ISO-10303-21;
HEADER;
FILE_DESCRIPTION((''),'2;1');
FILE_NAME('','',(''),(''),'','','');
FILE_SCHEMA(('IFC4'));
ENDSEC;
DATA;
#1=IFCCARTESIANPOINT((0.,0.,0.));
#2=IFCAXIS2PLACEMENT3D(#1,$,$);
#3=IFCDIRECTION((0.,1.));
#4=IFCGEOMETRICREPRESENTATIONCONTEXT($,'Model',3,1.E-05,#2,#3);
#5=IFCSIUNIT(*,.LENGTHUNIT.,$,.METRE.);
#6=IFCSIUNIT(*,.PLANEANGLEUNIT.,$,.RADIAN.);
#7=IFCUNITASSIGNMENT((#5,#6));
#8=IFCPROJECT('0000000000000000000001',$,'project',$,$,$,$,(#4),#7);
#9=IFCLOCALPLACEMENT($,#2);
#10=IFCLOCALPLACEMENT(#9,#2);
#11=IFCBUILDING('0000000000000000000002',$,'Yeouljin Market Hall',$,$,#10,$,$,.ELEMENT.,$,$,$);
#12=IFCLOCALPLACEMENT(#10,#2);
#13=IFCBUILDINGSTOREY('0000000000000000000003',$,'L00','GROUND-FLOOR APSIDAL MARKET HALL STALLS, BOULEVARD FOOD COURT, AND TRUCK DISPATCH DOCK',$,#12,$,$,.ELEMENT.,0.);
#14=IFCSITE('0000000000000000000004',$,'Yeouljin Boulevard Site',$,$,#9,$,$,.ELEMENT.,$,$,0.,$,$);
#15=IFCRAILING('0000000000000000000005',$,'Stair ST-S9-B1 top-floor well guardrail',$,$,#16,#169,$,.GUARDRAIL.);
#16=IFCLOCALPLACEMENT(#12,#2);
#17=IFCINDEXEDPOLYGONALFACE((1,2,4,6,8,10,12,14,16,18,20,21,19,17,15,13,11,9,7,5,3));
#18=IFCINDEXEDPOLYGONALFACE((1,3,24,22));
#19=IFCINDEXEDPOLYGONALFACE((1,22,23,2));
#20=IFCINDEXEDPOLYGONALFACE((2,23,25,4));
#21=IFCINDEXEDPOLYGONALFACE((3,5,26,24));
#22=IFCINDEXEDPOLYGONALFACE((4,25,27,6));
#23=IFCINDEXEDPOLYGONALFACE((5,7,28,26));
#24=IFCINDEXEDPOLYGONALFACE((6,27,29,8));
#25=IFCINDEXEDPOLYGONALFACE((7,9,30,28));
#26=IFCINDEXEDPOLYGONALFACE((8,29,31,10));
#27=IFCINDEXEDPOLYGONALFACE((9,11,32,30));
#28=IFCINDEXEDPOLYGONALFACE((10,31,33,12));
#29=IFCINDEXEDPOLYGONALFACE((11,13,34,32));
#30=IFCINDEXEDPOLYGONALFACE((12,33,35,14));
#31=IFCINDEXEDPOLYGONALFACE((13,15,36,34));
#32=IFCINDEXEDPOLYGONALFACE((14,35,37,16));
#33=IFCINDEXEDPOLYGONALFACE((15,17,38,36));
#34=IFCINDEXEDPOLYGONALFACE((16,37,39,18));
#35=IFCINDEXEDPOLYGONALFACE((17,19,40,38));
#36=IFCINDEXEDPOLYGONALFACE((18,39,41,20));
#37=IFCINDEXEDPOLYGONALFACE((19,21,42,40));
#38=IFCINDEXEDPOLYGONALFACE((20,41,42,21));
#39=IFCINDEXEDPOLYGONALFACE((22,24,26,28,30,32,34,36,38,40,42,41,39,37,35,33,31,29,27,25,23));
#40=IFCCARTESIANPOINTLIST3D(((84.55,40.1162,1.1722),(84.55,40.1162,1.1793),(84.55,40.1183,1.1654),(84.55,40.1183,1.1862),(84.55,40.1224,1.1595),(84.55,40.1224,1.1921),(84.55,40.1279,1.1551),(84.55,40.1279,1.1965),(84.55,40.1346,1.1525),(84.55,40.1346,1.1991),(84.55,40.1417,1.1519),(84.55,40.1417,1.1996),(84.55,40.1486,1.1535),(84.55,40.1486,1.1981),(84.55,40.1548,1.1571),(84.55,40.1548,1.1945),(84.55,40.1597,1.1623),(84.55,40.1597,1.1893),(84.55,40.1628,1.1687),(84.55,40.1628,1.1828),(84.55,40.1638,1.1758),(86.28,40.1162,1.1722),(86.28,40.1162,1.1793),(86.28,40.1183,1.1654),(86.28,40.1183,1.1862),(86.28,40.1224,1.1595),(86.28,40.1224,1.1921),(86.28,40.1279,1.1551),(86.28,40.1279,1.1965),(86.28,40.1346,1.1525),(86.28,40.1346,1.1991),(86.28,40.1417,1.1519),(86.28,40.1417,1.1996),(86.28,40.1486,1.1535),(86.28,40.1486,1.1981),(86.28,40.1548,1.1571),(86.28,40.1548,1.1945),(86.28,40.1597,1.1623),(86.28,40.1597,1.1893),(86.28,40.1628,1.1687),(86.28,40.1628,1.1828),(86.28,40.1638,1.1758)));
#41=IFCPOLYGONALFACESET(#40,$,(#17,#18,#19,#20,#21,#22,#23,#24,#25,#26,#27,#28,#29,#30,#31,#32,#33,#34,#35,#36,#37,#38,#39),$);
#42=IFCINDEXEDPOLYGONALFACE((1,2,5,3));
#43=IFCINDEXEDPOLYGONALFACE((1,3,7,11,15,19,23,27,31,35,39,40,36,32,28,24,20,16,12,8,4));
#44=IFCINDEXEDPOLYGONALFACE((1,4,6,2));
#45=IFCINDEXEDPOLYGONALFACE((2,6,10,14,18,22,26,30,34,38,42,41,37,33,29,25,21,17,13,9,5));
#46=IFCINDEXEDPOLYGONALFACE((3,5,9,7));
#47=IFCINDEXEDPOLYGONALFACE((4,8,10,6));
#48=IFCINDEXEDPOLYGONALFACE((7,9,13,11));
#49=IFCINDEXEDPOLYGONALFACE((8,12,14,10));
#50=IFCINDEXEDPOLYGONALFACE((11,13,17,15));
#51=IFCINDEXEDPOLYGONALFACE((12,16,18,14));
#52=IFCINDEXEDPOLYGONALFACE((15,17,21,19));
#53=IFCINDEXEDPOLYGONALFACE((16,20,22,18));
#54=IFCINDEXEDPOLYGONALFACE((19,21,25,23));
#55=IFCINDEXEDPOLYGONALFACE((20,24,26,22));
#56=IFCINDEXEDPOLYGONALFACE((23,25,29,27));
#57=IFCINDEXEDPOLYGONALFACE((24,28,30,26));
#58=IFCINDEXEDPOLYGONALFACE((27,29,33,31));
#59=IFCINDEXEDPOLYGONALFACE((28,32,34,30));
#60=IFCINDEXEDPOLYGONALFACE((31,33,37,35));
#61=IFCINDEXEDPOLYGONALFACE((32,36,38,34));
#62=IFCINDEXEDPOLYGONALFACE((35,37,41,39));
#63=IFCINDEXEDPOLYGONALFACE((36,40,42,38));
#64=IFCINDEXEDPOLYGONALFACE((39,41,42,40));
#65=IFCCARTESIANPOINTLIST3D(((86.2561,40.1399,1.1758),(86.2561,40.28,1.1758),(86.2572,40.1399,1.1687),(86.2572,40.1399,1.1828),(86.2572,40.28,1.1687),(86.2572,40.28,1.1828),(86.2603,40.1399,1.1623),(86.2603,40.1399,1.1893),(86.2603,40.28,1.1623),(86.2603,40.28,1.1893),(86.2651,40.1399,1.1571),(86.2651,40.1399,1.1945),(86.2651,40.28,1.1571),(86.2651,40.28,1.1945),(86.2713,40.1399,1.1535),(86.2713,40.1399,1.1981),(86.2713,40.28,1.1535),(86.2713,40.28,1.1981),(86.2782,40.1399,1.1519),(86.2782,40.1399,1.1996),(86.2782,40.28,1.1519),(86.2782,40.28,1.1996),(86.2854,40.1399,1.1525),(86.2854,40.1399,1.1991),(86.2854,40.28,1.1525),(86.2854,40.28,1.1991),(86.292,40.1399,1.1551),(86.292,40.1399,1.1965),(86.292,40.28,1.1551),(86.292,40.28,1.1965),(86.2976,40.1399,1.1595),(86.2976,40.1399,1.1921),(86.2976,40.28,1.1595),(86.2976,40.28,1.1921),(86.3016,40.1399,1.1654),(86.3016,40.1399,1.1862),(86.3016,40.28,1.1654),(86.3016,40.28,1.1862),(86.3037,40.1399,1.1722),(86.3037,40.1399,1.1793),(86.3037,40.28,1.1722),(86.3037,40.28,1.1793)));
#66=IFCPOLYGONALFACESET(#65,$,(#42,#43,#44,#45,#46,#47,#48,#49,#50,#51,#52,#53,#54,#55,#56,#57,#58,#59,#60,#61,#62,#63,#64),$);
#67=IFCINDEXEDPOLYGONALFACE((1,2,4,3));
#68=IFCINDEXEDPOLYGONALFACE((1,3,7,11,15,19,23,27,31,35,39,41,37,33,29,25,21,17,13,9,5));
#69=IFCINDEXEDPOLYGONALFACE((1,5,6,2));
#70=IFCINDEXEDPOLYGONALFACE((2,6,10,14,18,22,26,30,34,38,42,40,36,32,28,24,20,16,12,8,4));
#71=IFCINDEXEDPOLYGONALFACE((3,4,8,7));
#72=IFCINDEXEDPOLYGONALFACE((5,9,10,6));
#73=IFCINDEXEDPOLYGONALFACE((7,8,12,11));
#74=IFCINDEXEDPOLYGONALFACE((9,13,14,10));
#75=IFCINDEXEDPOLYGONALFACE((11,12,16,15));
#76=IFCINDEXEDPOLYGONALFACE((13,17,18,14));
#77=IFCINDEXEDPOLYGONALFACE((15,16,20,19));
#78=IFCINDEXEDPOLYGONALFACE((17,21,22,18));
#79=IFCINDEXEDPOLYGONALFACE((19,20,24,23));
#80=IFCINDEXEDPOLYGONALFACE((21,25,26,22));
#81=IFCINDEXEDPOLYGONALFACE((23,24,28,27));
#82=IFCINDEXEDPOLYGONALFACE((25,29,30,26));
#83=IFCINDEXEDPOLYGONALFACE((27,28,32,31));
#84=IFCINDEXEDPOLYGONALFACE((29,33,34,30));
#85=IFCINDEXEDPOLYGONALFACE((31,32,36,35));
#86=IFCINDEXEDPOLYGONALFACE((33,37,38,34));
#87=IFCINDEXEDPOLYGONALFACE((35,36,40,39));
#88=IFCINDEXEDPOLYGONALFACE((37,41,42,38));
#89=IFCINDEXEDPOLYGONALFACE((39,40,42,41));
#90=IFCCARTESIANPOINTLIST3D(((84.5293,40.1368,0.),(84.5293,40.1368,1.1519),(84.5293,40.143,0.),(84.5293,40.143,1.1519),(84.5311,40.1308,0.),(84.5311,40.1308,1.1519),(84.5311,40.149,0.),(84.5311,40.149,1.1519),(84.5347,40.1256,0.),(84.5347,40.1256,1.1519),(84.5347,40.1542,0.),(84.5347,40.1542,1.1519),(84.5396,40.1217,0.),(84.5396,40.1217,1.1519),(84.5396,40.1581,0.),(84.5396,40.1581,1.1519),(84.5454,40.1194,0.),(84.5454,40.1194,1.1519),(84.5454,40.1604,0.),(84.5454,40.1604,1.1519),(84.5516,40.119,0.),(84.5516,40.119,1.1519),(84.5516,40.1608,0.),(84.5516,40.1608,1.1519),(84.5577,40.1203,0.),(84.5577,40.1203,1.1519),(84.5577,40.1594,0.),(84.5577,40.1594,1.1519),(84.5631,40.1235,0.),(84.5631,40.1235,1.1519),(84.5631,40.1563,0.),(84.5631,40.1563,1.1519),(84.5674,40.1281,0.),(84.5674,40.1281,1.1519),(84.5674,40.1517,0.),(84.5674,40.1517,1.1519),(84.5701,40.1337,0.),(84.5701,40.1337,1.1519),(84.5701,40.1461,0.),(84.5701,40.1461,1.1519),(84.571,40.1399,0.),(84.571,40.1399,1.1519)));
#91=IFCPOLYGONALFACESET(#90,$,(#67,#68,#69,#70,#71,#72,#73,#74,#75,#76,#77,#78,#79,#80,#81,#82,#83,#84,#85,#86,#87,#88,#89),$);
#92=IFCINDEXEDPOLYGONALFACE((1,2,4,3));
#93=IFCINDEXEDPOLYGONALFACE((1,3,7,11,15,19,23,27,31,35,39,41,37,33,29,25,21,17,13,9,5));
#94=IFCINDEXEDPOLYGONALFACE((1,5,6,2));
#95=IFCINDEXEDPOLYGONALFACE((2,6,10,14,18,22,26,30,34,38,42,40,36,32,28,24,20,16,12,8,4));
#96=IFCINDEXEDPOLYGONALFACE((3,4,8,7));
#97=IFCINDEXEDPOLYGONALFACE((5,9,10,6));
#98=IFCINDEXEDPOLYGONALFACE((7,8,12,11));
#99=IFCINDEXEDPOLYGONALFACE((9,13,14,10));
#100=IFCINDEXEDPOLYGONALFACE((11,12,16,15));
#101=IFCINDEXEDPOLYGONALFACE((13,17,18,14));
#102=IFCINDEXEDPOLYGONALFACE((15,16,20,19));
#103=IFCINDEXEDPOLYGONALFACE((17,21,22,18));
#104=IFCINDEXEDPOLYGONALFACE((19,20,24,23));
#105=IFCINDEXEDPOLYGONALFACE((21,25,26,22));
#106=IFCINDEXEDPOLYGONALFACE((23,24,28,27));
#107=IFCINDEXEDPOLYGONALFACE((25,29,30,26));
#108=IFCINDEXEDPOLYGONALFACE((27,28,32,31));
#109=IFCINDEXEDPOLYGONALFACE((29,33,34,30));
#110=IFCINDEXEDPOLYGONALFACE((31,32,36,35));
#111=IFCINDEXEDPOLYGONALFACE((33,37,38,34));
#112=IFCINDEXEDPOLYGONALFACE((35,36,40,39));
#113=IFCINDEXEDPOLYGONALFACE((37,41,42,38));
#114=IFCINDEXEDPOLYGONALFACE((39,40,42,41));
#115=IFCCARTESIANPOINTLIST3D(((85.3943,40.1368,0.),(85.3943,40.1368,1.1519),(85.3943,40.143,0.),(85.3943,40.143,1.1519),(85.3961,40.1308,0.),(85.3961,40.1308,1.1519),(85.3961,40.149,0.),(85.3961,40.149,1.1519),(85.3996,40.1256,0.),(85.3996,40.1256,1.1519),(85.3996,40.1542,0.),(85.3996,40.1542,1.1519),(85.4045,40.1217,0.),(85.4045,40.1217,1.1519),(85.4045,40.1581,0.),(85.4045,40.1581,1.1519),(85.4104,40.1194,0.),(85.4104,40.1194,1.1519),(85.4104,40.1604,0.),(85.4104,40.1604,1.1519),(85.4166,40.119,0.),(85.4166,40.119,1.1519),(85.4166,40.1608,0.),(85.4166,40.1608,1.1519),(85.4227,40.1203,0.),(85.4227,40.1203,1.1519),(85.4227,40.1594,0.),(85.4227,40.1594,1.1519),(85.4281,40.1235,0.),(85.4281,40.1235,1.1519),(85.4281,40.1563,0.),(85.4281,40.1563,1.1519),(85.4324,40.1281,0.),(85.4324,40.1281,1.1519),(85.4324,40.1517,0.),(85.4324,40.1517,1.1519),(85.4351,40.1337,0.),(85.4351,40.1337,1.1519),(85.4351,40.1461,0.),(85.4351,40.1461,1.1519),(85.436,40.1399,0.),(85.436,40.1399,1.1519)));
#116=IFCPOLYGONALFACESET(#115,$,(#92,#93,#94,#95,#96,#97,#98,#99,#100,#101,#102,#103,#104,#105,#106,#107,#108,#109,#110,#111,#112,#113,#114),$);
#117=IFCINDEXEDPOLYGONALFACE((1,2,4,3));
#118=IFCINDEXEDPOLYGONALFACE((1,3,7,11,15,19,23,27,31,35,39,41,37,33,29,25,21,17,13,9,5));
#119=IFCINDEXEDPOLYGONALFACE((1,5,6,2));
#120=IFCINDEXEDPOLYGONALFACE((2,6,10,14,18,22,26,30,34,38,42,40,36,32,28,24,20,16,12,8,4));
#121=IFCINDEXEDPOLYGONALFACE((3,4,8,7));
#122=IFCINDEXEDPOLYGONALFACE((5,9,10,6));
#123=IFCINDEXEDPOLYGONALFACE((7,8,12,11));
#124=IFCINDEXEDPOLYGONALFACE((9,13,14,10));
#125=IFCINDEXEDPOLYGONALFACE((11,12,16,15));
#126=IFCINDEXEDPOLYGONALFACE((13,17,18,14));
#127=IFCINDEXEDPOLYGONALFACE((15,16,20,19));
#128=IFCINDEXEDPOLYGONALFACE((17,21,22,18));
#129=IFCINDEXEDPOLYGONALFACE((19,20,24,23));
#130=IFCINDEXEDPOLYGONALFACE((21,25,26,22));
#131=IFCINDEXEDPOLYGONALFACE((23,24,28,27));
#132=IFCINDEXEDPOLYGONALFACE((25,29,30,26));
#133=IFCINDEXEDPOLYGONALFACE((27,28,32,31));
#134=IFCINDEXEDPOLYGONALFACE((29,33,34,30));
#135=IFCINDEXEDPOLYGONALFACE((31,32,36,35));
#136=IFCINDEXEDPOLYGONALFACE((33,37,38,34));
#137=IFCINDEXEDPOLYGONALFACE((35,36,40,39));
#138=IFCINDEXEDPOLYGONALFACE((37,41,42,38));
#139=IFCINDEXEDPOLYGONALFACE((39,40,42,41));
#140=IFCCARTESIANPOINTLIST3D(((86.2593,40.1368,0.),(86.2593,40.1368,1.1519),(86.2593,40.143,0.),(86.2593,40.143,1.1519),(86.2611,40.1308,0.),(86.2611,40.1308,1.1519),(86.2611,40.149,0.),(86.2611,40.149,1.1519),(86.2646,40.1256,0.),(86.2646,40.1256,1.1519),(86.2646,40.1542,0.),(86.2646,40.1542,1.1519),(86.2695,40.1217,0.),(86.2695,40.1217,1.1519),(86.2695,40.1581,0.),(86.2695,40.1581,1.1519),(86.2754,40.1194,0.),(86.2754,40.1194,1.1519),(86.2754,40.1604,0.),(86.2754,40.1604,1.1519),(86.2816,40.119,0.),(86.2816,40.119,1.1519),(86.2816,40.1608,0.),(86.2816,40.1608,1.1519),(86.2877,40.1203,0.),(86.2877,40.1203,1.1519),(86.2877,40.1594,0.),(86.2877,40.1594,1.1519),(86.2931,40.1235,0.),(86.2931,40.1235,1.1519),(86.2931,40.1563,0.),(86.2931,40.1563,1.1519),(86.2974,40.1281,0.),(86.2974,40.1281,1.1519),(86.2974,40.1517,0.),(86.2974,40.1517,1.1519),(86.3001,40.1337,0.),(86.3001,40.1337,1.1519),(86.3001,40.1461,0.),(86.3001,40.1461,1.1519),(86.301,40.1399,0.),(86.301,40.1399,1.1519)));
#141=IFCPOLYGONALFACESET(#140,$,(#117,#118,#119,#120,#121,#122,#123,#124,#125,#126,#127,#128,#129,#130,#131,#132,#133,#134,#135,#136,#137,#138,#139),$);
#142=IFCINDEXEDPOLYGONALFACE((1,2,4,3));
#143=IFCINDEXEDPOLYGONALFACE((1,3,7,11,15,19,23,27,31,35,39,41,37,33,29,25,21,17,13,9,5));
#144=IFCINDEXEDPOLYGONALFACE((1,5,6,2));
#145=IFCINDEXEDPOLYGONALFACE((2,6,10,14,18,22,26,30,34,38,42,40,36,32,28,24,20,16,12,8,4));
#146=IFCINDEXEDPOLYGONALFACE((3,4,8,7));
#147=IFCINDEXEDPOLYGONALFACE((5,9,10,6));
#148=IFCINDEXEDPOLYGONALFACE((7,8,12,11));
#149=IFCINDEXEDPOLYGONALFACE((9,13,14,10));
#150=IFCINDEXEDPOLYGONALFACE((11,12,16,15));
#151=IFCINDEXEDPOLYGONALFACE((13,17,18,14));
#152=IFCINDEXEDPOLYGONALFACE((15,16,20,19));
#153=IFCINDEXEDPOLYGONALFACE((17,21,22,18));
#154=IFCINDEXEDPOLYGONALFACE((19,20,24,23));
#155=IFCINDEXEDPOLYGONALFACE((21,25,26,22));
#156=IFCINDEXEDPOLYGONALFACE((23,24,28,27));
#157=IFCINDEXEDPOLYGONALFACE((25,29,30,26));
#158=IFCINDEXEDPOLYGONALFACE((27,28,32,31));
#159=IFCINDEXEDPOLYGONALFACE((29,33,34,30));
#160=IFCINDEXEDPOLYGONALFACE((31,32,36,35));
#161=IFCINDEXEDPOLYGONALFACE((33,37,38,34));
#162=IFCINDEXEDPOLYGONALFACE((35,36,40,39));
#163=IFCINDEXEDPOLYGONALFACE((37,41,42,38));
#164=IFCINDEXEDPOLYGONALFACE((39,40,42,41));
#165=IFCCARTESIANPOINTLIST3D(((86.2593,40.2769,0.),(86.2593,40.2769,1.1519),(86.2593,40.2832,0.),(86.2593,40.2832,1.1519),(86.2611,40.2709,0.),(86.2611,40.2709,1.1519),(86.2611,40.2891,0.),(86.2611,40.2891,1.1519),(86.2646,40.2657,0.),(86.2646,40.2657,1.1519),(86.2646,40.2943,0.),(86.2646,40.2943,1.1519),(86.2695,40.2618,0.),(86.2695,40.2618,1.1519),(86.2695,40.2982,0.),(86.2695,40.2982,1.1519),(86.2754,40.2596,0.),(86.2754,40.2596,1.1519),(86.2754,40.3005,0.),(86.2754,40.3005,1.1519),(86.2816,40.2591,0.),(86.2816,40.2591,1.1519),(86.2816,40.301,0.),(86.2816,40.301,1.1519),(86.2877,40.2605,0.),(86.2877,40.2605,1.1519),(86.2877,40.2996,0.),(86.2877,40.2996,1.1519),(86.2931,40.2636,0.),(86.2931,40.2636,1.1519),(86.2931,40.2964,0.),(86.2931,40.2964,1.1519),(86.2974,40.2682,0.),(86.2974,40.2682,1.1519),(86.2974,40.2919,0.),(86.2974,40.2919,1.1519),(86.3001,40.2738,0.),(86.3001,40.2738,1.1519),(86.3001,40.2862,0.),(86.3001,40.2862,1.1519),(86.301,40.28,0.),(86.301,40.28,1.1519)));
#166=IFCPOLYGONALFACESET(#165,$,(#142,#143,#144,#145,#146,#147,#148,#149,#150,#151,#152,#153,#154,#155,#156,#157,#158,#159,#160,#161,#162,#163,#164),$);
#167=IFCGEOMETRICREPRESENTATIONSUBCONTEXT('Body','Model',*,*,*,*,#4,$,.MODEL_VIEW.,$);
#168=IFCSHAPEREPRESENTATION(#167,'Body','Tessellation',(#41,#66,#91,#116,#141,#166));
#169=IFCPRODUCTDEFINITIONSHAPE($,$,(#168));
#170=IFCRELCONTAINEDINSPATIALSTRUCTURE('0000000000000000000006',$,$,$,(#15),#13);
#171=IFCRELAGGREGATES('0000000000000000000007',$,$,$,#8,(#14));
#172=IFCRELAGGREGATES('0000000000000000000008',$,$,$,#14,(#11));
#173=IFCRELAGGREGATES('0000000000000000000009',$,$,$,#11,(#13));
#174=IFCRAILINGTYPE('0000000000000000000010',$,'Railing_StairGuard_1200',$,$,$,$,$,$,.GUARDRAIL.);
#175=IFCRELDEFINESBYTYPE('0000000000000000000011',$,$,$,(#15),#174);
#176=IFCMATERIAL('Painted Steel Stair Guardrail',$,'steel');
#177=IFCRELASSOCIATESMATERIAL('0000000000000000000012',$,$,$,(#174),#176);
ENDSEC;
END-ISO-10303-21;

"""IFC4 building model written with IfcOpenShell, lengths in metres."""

from ifc_helpers import new_model, si_unit, direction, frame, origin, origin_2d, place, context, subcontext, project, spatial, circle, extrude, material, type_object, element, save


model = new_model("IFC4")

# Units and contexts
model_context = context("Model", 3, precision=1e-05, world=origin(), true_north=direction((0.0, 1.0)))
body_context = subcontext(model_context, "Body", "Model", "MODEL_VIEW")
ifc_project = project(units=[si_unit("LENGTHUNIT", "METRE"), si_unit("PLANEANGLEUNIT", "RADIAN")], contexts=[model_context])

# Site, building, storey
site_placement = place(None, origin())
site = spatial("IfcSite", under=ifc_project, at=site_placement, Name="Yeouljin Boulevard Site", CompositionType="ELEMENT", RefElevation=0.0)
building_placement = place(site_placement, origin())
building = spatial("IfcBuilding", under=site, at=building_placement, Name="Yeouljin Market Hall", CompositionType="ELEMENT")
storey_placement = place(building_placement, origin())
storey = spatial("IfcBuildingStorey", under=building, at=storey_placement, Name="L00", Description="GROUND-FLOOR APSIDAL MARKET HALL STALLS, BOULEVARD FOOD COURT, AND TRUCK DISPATCH DOCK", CompositionType="ELEMENT", Elevation=0.0)

# Railing
ifc_material_1 = material(Name="Painted Steel Stair Guardrail", Category="steel")
railing_type = type_object("IfcRailingType", Name="Railing_StairGuard_1200", PredefinedType="GUARDRAIL", material=ifc_material_1)
railing_placement = place(storey_placement, frame((84.55, 40.1399, 0.0)))
element("IfcRailing", 1, at=railing_placement, inside=storey, type_object=railing_type, Name="Stair ST-S9-B1 top-floor well guardrail", PredefinedType="GUARDRAIL", context=body_context, shape_type="SweptSolid", body=[
    extrude(circle(Radius=0.0239, at=origin_2d()), frame((0.0, 0.0, 1.1758), z_axis=(1.0, 0.0, 0.0), x_axis=(0.0, 1.0, 0.0)), (0.0, 0.0, 1.0), 1.73),
    extrude(circle(Radius=0.0239, at=origin_2d()), frame((1.73, 0.0, 1.1758), z_axis=(0.0, 1.0, 0.0), x_axis=(-1.0, 0.0, 0.0)), (0.0, 0.0, 1.0), 0.1401),
    extrude(circle(Radius=0.021, at=origin_2d()), origin(), (0.0, 0.0, 1.0), 1.1519),
    extrude(circle(Radius=0.021, at=origin_2d()), frame((0.865, 0.0, 0.0)), (0.0, 0.0, 1.0), 1.1519),
    extrude(circle(Radius=0.021, at=origin_2d()), frame((1.73, 0.0, 0.0)), (0.0, 0.0, 1.0), 1.1519),
    extrude(circle(Radius=0.021, at=origin_2d()), frame((1.73, 0.1401, 0.0)), (0.0, 0.0, 1.0), 1.1519),
])

save(model, "model.ifc")
